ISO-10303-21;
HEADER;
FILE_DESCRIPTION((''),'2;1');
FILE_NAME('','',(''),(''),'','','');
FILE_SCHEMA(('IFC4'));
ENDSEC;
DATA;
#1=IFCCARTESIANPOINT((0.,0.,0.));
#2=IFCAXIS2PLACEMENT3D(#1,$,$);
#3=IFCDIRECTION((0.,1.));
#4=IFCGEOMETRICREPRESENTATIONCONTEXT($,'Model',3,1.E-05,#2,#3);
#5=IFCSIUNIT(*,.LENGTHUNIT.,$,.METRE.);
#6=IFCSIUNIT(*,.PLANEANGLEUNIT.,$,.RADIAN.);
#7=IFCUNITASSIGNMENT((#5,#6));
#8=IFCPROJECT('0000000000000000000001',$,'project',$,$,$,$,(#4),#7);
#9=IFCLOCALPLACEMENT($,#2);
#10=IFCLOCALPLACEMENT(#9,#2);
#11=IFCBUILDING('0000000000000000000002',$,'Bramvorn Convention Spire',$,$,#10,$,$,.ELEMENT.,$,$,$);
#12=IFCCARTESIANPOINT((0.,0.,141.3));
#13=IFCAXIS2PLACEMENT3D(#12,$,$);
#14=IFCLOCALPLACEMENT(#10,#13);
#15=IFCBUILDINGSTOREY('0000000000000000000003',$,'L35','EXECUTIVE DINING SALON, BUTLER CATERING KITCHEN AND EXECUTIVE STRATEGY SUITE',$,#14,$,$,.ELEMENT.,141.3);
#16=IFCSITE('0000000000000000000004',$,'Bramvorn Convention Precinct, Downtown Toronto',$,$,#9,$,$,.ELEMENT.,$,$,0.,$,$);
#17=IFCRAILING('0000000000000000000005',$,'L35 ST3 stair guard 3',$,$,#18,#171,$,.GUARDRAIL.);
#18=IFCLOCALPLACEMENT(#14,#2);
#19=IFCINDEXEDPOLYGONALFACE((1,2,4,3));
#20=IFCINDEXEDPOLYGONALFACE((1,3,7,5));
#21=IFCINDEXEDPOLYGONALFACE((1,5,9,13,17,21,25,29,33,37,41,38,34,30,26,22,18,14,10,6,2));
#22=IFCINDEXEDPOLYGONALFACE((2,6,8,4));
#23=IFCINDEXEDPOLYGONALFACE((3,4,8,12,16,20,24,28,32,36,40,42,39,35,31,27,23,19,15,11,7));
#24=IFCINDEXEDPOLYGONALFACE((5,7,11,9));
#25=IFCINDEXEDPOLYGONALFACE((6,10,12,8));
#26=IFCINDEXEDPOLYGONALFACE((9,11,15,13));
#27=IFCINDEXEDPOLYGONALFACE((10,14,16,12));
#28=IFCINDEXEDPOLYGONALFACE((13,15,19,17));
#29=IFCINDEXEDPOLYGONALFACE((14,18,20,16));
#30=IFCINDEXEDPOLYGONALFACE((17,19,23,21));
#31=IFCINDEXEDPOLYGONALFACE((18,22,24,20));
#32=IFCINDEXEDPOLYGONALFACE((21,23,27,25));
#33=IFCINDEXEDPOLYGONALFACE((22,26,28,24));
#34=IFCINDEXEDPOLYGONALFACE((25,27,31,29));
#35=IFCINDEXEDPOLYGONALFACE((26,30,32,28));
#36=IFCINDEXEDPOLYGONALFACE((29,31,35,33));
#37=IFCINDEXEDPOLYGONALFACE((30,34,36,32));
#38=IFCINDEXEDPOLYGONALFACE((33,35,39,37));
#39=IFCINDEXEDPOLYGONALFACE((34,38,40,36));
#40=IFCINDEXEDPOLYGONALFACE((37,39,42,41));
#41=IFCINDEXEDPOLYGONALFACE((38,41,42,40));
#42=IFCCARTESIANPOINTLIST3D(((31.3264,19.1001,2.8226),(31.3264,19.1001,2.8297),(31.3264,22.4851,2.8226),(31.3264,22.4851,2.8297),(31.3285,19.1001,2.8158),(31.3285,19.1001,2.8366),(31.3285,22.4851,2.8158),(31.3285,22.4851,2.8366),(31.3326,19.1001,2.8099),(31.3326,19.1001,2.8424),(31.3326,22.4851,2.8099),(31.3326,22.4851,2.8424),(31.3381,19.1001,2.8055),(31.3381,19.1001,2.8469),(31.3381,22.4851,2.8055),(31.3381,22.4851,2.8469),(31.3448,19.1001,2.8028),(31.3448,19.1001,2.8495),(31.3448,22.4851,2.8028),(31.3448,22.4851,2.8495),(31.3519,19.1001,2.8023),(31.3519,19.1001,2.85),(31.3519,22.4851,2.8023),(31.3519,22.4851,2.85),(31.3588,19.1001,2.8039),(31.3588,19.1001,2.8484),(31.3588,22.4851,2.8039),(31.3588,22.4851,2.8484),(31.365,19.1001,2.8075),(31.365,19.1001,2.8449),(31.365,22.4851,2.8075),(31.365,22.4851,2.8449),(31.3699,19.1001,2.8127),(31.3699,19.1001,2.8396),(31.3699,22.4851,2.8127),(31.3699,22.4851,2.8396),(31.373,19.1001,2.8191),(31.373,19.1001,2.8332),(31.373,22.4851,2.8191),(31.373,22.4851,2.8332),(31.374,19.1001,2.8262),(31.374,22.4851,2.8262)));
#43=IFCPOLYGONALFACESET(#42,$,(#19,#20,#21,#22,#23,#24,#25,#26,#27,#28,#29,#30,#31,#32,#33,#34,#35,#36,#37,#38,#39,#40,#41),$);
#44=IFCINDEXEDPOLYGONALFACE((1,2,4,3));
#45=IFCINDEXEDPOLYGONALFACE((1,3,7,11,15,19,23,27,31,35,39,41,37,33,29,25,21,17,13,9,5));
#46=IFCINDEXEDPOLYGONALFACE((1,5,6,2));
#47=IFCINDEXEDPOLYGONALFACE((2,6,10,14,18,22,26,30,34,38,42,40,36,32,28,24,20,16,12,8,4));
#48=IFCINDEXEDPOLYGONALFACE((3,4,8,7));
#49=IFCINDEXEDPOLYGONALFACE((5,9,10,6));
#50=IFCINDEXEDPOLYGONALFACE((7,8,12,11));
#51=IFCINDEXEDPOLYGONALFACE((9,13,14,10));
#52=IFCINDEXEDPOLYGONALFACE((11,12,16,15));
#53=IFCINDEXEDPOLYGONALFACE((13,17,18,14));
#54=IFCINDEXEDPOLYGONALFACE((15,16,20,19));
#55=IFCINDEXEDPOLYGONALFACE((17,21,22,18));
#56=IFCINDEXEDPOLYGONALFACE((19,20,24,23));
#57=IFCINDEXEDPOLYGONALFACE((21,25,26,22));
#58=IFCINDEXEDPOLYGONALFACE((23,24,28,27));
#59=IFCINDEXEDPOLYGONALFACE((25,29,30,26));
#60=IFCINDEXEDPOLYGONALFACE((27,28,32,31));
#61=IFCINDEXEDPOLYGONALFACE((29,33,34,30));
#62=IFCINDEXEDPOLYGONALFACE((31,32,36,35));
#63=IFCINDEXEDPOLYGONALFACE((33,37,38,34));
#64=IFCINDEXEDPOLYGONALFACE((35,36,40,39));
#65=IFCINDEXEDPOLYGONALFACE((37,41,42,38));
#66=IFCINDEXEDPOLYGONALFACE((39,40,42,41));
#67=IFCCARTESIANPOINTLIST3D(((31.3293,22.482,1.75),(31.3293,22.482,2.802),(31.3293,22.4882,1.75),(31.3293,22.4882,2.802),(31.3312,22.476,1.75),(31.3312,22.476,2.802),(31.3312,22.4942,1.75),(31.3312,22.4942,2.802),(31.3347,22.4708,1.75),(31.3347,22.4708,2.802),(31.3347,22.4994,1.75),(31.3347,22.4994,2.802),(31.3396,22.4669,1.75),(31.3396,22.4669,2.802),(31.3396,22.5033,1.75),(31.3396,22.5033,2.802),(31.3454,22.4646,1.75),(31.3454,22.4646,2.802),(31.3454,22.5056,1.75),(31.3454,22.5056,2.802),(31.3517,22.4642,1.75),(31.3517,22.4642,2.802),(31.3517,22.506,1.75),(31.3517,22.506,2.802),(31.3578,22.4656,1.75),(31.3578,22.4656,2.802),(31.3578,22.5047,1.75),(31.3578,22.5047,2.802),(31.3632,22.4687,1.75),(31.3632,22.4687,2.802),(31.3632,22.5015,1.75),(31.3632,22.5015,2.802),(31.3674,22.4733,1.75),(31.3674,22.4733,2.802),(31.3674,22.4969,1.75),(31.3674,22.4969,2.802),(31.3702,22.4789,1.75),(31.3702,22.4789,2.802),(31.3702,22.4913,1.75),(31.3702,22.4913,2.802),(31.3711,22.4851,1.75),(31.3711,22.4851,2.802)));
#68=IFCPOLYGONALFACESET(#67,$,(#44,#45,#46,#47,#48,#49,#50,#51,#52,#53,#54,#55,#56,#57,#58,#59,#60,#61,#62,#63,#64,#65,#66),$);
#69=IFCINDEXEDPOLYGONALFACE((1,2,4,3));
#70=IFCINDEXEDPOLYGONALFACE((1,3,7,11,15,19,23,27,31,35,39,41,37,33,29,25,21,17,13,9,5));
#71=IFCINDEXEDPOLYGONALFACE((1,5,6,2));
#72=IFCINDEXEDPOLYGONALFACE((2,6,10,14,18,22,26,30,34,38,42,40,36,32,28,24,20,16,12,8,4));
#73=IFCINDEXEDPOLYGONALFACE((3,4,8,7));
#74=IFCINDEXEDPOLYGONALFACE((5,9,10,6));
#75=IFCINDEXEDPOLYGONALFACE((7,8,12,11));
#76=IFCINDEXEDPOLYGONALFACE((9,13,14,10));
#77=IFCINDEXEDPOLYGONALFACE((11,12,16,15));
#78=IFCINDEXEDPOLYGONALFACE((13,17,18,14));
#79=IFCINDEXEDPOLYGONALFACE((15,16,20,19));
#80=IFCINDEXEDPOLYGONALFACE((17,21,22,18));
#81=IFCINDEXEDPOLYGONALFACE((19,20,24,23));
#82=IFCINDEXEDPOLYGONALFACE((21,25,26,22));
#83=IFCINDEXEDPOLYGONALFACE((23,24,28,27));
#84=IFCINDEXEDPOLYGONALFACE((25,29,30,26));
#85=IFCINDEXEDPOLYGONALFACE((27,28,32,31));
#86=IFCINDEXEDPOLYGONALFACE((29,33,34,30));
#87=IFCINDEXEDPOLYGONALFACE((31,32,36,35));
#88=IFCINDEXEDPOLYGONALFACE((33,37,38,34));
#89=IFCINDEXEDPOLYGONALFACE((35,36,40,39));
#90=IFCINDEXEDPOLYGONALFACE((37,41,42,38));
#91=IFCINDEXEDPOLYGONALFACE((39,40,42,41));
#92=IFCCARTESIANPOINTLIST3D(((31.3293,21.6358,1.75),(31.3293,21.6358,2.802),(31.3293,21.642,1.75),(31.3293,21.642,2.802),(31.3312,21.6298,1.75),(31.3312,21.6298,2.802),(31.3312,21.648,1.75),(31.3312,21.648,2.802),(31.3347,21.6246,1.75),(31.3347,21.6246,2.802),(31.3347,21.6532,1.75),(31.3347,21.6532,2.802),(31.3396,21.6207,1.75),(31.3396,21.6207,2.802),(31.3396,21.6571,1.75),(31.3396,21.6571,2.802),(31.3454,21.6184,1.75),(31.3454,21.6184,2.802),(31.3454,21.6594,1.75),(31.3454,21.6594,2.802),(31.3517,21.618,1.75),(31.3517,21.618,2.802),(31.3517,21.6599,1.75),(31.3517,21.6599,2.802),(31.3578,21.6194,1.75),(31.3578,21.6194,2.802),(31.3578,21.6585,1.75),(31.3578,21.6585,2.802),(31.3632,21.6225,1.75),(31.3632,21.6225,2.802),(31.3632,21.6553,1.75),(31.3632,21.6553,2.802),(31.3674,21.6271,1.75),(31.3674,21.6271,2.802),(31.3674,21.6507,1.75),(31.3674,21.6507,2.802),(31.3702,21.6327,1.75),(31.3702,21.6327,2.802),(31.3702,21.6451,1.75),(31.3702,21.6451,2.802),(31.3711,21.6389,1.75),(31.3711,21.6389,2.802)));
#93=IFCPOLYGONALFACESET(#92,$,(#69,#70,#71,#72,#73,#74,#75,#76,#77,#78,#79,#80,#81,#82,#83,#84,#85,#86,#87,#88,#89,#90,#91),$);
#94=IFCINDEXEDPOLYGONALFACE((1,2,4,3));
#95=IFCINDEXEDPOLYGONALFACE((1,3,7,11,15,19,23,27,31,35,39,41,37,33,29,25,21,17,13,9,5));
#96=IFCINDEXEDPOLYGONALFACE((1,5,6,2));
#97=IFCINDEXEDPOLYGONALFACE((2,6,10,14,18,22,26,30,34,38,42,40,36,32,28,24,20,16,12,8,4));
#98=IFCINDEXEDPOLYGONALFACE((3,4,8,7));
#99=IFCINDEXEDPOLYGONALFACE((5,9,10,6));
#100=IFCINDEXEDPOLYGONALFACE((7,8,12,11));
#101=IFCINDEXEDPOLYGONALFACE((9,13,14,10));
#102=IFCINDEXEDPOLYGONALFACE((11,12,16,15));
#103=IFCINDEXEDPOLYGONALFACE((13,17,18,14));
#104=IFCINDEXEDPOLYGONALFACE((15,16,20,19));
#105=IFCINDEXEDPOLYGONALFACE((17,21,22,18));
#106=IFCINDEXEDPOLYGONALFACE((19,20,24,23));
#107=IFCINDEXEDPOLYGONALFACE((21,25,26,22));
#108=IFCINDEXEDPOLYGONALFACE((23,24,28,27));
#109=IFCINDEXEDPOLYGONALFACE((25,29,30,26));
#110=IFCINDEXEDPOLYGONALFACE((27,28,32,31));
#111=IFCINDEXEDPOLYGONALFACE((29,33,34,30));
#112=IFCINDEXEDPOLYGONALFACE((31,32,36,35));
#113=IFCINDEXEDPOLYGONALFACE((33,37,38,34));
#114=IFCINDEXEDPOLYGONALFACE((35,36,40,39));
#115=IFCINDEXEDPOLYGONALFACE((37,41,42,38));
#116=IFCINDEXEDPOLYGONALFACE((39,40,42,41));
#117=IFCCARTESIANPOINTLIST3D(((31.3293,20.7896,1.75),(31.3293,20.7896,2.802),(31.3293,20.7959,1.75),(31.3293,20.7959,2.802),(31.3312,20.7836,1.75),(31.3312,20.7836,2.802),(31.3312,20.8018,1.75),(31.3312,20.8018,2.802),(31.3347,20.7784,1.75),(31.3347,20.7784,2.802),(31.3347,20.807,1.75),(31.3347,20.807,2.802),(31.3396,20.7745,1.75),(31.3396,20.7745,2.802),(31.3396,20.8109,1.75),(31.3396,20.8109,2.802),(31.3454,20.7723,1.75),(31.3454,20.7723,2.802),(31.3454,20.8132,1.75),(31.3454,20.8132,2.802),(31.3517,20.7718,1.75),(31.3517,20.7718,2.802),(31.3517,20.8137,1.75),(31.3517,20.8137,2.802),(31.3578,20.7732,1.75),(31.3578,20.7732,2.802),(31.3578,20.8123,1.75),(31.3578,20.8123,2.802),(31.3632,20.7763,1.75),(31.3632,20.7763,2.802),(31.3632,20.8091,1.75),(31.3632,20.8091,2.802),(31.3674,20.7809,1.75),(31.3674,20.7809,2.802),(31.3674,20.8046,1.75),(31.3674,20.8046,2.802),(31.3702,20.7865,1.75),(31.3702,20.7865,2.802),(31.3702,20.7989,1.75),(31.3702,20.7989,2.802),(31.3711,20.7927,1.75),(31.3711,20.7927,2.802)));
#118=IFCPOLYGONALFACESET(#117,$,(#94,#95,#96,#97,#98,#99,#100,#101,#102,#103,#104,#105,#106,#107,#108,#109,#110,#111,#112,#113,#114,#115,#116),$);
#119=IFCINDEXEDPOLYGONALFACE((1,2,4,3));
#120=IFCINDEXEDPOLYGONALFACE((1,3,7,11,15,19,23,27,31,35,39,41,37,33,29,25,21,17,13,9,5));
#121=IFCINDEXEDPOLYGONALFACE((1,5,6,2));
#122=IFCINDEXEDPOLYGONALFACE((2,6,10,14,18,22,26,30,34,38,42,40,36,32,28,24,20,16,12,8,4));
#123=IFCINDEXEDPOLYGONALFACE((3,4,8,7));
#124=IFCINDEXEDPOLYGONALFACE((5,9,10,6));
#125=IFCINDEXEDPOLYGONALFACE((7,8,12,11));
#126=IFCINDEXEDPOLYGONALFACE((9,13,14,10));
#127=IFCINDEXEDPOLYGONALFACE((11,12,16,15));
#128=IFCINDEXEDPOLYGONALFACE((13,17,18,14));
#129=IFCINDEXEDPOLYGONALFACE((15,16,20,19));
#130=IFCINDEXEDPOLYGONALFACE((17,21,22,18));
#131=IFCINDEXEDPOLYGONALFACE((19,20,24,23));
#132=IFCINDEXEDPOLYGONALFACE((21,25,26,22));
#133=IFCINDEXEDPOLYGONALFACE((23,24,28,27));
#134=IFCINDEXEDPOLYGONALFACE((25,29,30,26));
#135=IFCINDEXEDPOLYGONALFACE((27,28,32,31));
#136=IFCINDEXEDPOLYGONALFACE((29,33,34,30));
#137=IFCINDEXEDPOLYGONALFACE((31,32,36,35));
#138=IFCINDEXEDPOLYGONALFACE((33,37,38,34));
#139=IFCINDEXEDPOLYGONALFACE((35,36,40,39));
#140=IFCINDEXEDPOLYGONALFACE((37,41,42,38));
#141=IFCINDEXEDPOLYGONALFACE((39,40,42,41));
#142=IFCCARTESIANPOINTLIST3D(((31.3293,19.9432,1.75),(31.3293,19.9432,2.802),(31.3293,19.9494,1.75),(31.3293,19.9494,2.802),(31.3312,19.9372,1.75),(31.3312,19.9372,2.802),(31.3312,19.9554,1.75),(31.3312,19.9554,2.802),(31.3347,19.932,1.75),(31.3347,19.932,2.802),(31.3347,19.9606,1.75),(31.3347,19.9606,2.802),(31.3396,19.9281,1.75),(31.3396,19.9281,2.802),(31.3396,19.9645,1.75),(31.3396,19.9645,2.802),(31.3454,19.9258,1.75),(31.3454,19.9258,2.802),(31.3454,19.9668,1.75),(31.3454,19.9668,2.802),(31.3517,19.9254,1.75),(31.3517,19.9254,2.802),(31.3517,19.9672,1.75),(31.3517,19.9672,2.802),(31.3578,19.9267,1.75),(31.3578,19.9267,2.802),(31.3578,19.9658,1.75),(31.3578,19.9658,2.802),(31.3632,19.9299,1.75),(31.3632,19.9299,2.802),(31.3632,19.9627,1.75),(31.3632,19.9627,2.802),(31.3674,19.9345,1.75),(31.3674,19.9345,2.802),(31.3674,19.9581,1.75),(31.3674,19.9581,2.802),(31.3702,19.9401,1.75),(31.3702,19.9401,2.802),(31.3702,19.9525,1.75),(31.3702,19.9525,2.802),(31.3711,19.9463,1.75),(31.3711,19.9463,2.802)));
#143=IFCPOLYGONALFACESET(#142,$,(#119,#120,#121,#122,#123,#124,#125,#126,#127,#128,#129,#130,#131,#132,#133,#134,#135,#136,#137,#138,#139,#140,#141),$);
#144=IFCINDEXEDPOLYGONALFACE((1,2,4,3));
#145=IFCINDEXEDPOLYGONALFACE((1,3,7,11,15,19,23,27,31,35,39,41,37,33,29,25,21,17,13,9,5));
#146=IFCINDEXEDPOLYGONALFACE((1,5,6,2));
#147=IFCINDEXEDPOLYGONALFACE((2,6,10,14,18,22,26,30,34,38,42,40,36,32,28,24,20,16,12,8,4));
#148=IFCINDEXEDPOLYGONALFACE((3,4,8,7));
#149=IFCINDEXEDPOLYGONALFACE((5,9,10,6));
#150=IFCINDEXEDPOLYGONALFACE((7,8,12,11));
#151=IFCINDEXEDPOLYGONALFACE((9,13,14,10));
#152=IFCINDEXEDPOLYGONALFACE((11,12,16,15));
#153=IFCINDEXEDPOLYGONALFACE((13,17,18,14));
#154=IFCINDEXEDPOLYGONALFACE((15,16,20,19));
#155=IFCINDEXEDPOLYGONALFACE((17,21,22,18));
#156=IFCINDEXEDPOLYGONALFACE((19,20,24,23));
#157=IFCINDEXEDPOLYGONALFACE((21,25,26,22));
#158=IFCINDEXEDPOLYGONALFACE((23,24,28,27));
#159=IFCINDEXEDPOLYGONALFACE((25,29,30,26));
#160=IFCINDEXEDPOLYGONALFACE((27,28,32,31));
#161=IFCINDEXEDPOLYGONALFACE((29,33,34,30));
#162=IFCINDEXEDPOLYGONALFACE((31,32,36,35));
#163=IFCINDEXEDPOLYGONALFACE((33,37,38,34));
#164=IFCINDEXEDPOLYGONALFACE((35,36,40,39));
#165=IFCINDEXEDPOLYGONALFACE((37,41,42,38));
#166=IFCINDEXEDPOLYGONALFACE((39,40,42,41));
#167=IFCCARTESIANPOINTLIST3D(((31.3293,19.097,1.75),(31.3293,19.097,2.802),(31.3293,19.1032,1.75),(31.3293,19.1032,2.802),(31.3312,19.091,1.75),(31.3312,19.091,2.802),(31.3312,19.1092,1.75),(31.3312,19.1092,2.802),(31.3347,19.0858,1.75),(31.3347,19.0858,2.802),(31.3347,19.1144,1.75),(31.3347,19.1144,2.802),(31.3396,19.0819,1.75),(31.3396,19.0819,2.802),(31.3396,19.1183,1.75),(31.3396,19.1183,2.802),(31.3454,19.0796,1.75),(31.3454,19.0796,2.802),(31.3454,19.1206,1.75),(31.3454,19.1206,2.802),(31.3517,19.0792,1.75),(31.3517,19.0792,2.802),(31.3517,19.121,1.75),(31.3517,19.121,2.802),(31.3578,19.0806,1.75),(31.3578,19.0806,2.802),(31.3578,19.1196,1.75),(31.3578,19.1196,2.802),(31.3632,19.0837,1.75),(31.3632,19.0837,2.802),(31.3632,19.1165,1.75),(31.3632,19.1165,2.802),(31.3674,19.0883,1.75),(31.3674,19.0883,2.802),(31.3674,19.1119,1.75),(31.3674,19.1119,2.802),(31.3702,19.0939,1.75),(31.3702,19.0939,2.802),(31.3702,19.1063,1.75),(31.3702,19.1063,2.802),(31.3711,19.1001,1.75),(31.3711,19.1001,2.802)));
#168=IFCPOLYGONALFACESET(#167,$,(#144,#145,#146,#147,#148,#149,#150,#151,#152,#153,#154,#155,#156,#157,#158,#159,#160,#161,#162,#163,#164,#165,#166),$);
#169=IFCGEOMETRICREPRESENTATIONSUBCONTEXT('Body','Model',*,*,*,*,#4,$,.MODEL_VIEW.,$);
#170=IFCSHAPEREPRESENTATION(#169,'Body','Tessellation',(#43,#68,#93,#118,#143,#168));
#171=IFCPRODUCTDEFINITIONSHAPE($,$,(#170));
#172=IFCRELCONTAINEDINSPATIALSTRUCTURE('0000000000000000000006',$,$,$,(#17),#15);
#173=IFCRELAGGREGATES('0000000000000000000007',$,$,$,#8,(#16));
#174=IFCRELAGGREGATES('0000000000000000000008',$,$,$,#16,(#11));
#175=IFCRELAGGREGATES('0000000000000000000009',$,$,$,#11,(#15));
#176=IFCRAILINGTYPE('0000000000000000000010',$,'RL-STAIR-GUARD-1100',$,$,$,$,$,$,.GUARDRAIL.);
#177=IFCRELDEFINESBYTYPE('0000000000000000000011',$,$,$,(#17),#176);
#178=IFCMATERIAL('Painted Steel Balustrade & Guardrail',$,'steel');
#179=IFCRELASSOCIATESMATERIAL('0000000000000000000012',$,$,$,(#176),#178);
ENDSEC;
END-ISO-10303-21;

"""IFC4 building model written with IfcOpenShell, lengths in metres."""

from ifc_helpers import new_model, si_unit, direction, frame, origin, origin_2d, place, context, subcontext, project, spatial, circle, extrude, material, type_object, element, save


model = new_model("IFC4")

# Units and contexts
model_context = context("Model", 3, precision=1e-05, world=origin(), true_north=direction((0.0, 1.0)))
body_context = subcontext(model_context, "Body", "Model", "MODEL_VIEW")
ifc_project = project(units=[si_unit("LENGTHUNIT", "METRE"), si_unit("PLANEANGLEUNIT", "RADIAN")], contexts=[model_context])

# Site, building, storey
site_placement = place(None, origin())
site = spatial("IfcSite", under=ifc_project, at=site_placement, Name="Bramvorn Convention Precinct, Downtown Toronto", CompositionType="ELEMENT", RefElevation=0.0)
building_placement = place(site_placement, origin())
building = spatial("IfcBuilding", under=site, at=building_placement, Name="Bramvorn Convention Spire", CompositionType="ELEMENT")
storey_placement = place(building_placement, frame((0.0, 0.0, 141.3)))
storey = spatial("IfcBuildingStorey", under=building, at=storey_placement, Name="L35", Description="EXECUTIVE DINING SALON, BUTLER CATERING KITCHEN AND EXECUTIVE STRATEGY SUITE", CompositionType="ELEMENT", Elevation=141.3)

# Railing
ifc_material_1 = material(Name="Painted Steel Balustrade & Guardrail", Category="steel")
railing_type_1 = type_object("IfcRailingType", Name="RL-STAIR-GUARD-1100", PredefinedType="GUARDRAIL", material=ifc_material_1)
for number, where, name in (
    (1, (31.3501, 22.4851, 1.75), "L35 ST3 stair guard 3"),
):
    element("IfcRailing", number, at=place(storey_placement, frame(where)), inside=storey, type_object=railing_type_1, Name=name, PredefinedType="GUARDRAIL", context=body_context, shape_type="SweptSolid", body=[
        extrude(circle(Radius=0.0239, at=origin_2d()), frame((0.0, 0.0, 1.0762), z_axis=(0.0, -1.0, 0.0), x_axis=(1.0, 0.0, 0.0)), (0.0, 0.0, 1.0), 3.385),
        extrude(circle(Radius=0.021, at=origin_2d()), origin(), (0.0, 0.0, 1.0), 1.052),
        extrude(circle(Radius=0.021, at=origin_2d()), frame((0.0, -0.8462, 0.0)), (0.0, 0.0, 1.0), 1.052),
        extrude(circle(Radius=0.021, at=origin_2d()), frame((0.0, -1.6924, 0.0)), (0.0, 0.0, 1.0), 1.052),
        extrude(circle(Radius=0.021, at=origin_2d()), frame((0.0, -2.5388, 0.0)), (0.0, 0.0, 1.0), 1.052),
        extrude(circle(Radius=0.021, at=origin_2d()), frame((0.0, -3.385, 0.0)), (0.0, 0.0, 1.0), 1.052),
    ])

save(model, "model.ifc")
